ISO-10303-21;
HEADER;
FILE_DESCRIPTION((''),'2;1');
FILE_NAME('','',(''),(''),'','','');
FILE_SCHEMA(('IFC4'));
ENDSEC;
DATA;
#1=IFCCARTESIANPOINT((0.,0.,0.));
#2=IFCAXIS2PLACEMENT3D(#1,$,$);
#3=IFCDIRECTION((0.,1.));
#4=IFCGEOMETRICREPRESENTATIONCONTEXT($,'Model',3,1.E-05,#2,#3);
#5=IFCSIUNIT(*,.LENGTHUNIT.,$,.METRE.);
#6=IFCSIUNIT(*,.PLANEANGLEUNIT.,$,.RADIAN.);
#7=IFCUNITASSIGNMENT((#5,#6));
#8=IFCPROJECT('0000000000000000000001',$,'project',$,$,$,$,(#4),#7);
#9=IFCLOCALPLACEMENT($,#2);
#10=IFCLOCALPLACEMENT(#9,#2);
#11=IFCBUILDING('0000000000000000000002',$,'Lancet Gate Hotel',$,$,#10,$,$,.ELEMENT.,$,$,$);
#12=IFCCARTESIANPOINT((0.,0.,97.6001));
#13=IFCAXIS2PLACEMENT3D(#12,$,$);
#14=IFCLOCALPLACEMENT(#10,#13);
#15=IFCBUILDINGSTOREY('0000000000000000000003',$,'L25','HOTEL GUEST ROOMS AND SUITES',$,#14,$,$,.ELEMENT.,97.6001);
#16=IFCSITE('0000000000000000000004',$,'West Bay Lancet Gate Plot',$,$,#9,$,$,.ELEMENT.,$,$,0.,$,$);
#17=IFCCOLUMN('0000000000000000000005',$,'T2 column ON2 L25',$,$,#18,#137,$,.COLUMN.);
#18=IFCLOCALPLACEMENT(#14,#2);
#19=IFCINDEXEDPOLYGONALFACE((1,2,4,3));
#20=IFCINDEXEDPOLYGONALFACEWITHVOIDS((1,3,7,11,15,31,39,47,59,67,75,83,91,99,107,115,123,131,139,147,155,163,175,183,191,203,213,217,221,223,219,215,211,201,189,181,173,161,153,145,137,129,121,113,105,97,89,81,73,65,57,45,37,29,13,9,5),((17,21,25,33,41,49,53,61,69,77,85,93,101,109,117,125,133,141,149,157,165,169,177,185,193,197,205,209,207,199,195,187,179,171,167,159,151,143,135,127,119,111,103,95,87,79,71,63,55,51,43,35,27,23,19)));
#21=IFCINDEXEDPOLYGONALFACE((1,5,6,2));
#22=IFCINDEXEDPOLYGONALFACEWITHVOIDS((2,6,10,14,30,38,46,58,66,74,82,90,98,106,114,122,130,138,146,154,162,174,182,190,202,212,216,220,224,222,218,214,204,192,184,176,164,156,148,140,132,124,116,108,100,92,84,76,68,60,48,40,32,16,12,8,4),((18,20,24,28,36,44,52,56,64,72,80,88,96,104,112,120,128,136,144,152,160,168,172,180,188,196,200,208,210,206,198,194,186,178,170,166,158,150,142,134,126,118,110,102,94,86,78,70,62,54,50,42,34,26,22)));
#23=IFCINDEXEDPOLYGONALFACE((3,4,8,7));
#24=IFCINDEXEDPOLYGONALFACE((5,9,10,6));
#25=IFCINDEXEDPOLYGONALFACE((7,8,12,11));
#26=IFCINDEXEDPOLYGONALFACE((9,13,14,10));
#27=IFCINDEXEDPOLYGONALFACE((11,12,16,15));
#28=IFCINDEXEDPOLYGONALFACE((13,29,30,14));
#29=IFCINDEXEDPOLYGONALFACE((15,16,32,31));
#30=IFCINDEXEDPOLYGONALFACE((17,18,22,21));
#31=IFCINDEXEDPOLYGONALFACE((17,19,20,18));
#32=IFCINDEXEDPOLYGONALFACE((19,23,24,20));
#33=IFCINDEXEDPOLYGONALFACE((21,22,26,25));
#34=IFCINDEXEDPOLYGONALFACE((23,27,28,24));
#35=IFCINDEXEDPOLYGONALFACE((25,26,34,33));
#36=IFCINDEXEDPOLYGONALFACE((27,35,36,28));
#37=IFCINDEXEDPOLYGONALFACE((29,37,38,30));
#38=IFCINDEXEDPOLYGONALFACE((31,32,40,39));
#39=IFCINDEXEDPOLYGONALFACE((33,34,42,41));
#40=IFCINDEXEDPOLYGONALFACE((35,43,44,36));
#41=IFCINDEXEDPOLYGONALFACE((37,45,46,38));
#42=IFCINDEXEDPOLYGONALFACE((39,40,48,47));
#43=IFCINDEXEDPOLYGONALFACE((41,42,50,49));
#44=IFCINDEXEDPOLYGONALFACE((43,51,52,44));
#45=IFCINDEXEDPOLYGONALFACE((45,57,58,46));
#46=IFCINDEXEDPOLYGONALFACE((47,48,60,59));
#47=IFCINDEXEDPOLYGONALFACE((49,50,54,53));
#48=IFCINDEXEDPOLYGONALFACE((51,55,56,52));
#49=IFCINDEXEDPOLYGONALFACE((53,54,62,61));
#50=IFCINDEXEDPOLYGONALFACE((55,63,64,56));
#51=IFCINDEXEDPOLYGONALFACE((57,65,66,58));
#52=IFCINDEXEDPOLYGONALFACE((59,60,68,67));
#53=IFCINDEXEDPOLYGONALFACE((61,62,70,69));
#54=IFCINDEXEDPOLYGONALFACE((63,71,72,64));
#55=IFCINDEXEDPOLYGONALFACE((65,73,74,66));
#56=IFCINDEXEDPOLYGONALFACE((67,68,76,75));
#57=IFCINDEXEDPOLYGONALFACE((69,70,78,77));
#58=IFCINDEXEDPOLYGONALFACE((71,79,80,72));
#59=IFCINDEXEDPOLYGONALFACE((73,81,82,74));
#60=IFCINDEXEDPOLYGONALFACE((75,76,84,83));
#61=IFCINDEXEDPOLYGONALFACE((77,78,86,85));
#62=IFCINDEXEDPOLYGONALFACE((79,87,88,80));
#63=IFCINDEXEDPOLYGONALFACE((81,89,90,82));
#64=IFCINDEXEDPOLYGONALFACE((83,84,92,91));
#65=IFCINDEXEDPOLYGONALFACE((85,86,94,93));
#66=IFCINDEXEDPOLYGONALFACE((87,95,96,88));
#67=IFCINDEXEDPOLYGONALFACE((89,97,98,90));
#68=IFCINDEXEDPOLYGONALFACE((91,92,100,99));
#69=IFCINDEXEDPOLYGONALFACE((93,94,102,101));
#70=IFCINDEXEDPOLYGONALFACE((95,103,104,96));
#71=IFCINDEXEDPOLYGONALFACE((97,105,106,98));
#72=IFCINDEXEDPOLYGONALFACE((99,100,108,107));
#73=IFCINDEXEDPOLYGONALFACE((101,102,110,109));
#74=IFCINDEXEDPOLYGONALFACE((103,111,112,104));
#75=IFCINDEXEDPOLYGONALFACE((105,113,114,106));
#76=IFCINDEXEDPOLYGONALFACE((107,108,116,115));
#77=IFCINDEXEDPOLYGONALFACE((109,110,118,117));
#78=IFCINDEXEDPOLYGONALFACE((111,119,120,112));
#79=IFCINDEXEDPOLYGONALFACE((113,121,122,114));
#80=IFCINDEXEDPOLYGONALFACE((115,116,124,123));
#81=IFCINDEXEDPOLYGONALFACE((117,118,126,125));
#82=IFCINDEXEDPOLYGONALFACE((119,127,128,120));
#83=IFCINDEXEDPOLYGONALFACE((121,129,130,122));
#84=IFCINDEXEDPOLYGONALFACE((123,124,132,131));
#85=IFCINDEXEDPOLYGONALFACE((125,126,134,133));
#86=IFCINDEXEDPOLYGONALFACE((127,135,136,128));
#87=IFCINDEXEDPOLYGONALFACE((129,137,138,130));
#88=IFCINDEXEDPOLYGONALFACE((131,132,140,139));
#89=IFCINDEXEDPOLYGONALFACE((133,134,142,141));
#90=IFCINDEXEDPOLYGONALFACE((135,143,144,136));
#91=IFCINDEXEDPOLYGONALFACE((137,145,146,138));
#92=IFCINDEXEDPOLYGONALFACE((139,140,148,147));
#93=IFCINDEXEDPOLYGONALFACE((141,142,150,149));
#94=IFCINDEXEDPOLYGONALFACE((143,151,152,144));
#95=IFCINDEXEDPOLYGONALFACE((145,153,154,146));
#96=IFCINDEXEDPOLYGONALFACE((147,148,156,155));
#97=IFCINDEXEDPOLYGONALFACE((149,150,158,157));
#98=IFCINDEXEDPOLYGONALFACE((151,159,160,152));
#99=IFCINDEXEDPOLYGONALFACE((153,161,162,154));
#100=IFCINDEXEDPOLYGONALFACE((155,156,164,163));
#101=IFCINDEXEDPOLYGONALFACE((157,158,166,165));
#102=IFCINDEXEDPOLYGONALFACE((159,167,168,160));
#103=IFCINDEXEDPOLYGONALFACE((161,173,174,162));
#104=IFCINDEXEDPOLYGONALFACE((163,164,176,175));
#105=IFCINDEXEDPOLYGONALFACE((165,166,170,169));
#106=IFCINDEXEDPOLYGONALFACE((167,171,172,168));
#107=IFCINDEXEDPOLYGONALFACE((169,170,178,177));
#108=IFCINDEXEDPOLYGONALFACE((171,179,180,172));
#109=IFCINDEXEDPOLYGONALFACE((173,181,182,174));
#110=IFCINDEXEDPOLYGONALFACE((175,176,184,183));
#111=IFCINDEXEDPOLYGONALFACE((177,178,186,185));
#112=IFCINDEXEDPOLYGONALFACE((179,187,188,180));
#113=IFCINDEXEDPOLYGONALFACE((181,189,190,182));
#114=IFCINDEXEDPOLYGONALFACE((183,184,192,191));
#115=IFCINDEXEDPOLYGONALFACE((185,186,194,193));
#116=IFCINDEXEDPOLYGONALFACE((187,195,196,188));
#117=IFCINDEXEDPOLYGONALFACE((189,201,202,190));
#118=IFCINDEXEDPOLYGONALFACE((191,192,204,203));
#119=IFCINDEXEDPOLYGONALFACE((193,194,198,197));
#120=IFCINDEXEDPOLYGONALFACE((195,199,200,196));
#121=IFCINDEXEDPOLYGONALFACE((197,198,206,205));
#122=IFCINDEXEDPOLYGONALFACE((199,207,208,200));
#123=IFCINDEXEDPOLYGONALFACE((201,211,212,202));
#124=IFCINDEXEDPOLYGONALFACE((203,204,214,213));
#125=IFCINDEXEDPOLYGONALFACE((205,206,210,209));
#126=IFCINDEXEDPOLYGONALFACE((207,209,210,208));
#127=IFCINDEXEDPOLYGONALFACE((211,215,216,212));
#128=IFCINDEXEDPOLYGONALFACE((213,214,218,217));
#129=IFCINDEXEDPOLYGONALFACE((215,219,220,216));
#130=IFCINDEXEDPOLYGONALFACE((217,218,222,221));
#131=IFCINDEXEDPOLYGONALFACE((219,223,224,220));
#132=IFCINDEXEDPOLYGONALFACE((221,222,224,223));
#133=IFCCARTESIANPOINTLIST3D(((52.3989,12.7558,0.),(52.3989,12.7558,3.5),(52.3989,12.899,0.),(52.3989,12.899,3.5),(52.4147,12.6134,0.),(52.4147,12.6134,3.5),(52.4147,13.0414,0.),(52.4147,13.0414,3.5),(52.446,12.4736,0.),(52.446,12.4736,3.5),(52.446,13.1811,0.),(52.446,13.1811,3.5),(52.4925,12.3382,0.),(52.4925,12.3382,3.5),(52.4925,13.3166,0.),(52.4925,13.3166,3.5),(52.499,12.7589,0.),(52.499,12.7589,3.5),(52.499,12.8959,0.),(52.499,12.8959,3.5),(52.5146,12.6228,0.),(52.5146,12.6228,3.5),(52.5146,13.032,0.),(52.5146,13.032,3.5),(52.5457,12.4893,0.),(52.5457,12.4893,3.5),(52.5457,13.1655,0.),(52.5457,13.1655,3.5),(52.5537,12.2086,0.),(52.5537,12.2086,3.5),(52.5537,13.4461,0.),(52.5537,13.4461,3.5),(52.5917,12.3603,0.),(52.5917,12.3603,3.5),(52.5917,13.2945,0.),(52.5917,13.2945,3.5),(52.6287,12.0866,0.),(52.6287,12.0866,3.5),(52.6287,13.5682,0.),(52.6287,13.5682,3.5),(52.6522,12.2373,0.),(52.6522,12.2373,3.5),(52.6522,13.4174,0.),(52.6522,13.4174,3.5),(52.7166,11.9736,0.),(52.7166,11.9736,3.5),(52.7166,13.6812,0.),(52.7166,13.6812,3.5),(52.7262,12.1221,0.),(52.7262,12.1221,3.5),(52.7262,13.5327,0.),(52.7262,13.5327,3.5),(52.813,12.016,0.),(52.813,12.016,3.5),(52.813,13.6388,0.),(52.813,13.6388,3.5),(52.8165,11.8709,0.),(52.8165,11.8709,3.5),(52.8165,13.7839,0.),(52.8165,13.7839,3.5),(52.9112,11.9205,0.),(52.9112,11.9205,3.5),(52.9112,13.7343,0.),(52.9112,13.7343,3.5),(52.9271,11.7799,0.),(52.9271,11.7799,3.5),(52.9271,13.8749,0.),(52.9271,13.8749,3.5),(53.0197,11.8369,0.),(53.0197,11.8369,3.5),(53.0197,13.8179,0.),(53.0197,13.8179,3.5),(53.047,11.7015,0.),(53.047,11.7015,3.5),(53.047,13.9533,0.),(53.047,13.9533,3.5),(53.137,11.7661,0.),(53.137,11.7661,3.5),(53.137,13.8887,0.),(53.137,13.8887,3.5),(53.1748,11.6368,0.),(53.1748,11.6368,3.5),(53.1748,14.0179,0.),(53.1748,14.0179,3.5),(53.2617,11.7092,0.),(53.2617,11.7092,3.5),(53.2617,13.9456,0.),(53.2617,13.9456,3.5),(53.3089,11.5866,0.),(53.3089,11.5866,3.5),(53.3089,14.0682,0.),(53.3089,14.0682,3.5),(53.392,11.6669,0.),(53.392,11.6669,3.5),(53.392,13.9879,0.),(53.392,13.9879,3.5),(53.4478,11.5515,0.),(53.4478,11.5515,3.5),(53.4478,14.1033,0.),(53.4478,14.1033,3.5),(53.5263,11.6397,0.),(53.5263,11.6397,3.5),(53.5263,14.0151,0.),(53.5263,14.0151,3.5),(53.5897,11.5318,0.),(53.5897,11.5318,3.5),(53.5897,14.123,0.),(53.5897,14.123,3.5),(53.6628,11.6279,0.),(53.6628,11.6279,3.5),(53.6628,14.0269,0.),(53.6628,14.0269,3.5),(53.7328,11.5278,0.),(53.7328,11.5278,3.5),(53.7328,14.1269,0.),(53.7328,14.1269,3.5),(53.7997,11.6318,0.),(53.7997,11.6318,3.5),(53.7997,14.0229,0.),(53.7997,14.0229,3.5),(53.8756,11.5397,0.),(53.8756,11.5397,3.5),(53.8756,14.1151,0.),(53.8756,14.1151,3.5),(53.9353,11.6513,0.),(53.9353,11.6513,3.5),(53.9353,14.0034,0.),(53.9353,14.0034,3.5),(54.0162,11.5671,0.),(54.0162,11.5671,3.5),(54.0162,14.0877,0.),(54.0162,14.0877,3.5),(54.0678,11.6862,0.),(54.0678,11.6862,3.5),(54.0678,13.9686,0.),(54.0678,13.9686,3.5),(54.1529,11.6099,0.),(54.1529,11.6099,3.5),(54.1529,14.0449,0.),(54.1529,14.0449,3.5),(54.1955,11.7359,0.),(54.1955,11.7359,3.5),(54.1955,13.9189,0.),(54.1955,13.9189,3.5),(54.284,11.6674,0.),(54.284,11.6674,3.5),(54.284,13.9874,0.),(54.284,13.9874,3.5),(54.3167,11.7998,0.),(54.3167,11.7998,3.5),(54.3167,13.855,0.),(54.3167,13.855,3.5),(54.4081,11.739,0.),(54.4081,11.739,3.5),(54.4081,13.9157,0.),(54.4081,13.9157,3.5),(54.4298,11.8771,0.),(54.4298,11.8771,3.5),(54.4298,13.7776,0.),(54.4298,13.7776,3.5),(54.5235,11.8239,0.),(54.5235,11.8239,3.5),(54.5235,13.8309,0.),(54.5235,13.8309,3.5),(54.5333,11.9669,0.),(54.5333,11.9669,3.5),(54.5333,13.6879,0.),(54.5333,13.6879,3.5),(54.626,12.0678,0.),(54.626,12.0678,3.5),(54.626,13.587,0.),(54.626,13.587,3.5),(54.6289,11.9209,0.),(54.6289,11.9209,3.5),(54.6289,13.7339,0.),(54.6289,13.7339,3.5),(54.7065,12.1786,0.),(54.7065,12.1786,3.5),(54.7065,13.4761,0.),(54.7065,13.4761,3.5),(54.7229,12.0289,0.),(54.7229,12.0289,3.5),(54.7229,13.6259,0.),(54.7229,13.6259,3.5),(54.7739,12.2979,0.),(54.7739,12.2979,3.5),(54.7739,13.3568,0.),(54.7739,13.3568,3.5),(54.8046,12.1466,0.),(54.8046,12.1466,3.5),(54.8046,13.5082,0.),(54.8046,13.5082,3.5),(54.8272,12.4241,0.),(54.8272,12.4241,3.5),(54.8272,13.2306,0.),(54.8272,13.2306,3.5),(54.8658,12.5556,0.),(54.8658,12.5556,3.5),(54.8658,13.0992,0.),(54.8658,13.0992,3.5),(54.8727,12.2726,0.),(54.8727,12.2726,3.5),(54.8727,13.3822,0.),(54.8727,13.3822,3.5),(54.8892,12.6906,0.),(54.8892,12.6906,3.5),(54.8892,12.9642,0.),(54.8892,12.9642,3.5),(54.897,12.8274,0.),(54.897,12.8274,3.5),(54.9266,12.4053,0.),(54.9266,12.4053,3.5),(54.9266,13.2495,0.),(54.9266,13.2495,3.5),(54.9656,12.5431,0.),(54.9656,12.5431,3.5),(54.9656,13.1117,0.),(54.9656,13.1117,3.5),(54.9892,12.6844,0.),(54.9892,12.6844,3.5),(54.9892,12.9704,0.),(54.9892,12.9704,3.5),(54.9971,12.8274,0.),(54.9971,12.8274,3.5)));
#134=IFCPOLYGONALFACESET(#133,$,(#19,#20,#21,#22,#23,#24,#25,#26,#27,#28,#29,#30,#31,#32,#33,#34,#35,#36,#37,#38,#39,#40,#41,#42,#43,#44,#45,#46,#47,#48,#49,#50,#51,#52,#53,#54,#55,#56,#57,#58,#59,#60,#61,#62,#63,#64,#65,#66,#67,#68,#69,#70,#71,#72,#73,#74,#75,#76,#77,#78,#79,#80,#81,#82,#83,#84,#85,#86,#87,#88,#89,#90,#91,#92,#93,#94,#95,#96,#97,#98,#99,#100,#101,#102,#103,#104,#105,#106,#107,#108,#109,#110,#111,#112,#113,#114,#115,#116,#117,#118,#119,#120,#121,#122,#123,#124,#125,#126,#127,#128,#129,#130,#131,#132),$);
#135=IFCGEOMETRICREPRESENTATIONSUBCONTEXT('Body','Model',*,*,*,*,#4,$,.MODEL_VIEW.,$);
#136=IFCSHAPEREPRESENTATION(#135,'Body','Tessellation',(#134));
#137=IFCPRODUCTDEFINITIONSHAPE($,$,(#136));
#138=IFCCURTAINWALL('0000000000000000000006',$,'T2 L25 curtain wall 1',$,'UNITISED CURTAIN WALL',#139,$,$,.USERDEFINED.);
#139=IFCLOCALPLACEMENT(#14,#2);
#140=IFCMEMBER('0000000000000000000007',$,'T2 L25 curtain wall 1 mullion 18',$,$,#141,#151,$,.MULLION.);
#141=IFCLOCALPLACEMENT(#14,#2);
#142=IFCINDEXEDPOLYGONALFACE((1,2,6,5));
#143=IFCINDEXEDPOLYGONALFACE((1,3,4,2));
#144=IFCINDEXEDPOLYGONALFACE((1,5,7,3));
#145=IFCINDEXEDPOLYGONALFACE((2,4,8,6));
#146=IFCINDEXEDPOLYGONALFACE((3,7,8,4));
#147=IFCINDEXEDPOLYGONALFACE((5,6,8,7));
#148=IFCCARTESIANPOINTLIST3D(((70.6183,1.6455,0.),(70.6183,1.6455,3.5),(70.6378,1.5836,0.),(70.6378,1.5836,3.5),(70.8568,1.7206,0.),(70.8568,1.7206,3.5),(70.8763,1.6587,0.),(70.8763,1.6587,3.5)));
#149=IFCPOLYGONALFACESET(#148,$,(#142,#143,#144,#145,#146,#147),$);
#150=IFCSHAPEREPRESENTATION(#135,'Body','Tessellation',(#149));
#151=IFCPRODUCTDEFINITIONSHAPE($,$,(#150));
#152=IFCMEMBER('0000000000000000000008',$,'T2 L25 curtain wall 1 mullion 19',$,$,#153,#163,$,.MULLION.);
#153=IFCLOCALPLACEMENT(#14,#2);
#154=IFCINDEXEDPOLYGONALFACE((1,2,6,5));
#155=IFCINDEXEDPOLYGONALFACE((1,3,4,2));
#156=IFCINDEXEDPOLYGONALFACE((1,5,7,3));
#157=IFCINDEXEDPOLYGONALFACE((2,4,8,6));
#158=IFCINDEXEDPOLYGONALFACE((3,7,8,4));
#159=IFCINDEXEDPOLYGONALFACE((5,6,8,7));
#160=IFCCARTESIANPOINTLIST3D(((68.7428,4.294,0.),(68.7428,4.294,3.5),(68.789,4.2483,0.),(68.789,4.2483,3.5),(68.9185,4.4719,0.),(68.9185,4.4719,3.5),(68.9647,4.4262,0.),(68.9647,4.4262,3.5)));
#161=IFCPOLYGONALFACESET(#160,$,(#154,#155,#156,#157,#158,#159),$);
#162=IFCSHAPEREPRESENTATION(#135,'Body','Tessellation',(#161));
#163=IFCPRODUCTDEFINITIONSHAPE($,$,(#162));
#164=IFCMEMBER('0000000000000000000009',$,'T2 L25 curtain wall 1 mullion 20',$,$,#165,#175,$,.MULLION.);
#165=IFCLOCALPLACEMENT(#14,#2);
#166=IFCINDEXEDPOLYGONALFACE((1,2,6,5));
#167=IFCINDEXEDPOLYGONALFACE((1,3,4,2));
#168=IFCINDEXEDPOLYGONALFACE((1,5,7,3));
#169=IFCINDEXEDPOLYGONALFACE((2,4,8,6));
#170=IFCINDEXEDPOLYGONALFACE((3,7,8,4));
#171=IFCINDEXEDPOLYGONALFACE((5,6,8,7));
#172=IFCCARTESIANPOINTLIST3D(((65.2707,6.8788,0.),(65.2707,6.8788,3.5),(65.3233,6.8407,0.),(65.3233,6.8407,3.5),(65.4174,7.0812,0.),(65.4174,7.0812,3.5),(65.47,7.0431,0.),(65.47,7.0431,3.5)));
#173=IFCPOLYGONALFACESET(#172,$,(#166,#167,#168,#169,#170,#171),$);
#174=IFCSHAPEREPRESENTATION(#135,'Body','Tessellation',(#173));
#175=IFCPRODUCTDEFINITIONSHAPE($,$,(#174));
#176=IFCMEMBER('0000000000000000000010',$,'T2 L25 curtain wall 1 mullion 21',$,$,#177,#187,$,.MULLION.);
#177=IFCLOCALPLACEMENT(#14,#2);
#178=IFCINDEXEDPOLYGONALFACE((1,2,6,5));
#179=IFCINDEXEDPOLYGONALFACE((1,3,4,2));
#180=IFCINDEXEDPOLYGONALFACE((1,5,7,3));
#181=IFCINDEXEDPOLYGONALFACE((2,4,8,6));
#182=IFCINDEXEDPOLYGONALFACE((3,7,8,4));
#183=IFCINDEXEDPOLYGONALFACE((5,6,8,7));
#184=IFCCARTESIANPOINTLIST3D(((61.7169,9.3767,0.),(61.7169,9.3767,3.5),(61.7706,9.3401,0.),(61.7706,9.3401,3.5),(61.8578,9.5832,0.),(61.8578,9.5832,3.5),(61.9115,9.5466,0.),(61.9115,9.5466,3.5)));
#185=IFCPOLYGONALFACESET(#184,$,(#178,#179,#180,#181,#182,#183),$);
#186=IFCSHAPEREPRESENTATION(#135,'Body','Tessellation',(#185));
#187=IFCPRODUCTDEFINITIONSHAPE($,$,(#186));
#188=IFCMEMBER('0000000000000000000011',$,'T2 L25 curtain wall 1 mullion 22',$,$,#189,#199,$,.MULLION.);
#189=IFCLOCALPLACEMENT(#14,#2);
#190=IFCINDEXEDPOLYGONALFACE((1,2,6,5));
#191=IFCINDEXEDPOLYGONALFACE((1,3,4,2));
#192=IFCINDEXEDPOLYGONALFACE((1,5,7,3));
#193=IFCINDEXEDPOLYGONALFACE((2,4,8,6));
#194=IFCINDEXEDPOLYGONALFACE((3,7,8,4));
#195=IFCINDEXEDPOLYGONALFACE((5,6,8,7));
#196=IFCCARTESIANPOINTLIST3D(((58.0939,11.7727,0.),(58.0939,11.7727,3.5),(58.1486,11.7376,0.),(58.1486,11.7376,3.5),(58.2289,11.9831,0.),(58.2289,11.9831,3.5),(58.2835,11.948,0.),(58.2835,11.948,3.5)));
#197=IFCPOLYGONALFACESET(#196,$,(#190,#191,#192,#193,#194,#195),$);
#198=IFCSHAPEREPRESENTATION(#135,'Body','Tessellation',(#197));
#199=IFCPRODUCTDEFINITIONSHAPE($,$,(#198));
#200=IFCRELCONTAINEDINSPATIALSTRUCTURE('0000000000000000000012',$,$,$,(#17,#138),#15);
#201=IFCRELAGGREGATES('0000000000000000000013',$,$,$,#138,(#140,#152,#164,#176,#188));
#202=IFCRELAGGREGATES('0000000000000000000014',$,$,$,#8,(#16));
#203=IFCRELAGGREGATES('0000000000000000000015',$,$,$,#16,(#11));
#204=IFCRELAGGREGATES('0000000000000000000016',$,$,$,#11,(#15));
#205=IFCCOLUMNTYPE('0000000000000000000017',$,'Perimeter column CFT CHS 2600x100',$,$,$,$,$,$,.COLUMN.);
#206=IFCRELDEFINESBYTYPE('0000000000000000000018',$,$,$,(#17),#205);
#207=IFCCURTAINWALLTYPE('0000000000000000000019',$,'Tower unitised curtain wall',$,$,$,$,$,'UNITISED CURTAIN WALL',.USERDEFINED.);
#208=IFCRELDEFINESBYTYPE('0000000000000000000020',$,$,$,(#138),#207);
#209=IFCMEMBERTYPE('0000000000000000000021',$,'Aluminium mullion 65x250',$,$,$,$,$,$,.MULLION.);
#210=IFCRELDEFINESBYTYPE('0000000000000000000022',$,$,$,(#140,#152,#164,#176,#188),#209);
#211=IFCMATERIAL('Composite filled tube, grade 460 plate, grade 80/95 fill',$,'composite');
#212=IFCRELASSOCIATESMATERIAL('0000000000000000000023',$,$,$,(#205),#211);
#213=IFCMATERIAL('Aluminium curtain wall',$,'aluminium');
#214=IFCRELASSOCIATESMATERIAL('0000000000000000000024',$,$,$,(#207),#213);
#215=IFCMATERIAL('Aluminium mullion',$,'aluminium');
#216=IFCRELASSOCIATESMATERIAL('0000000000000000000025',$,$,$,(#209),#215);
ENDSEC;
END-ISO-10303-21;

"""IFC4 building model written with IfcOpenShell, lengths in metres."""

from ifc_helpers import new_model, si_unit, direction, frame, origin, origin_2d, place, context, subcontext, project, spatial, rectangle, hollow_circle, extrude, material, material_profile, profile_set, type_object, element, aggregate, save


model = new_model("IFC4")

# Units and contexts
model_context = context("Model", 3, precision=1e-05, world=origin(), true_north=direction((0.0, 1.0)))
body_context = subcontext(model_context, "Body", "Model", "MODEL_VIEW")
ifc_project = project(units=[si_unit("LENGTHUNIT", "METRE"), si_unit("PLANEANGLEUNIT", "RADIAN")], contexts=[model_context])

# Site, building, storey
site_placement = place(None, origin())
site = spatial("IfcSite", under=ifc_project, at=site_placement, Name="West Bay Lancet Gate Plot", CompositionType="ELEMENT", RefElevation=0.0)
building_placement = place(site_placement, origin())
building = spatial("IfcBuilding", under=site, at=building_placement, Name="Lancet Gate Hotel", CompositionType="ELEMENT")
storey_placement = place(building_placement, frame((0.0, 0.0, 97.6001)))
storey = spatial("IfcBuildingStorey", under=building, at=storey_placement, Name="L25", Description="HOTEL GUEST ROOMS AND SUITES", CompositionType="ELEMENT", Elevation=97.6001)

# Column
ifc_material_1 = material(Name="Composite filled tube, grade 460 plate, grade 80/95 fill", Category="composite")
ifc_material_profile_1 = material_profile(ifc_material_1, hollow_circle(Radius=1.3, WallThickness=0.1001, at=origin_2d()), Name="CHS 2600x100")
ifc_profile_set_1 = profile_set([ifc_material_profile_1], Name="Composite filled tube, grade 460 plate, grade 80/95 fill")
column_type_1 = type_object("IfcColumnType", Name="Perimeter column CFT CHS 2600x100", PredefinedType="COLUMN", material=ifc_profile_set_1)
for number, where, z_axis, x_axis, name in (
    (1, (53.697, 12.8274, 0.0), (0.0, 0.0, 1.0), (1.0, 0.0, 0.0), "T2 column ON2 L25"),
):
    element("IfcColumn", number, at=place(storey_placement, frame(where, z_axis=z_axis, x_axis=x_axis)), inside=storey, type_object=column_type_1, Name=name, PredefinedType="COLUMN", context=body_context, shape_type="SweptSolid", body=[
        extrude(hollow_circle(Radius=1.3, WallThickness=0.1001, at=origin_2d()), origin(), (0.0, 0.0, 1.0), 3.5),
    ])

# Curtain wall, members
ifc_material_2 = material(Name="Aluminium curtain wall", Category="aluminium")
curtain_wall_type = type_object("IfcCurtainWallType", Name="Tower unitised curtain wall", ElementType="UNITISED CURTAIN WALL", PredefinedType="USERDEFINED", material=ifc_material_2)
curtain_wall_placement = place(storey_placement, origin())
curtain_wall = element("IfcCurtainWall", 2, at=curtain_wall_placement, inside=storey, type_object=curtain_wall_type, Name="T2 L25 curtain wall 1", ObjectType="UNITISED CURTAIN WALL", PredefinedType="USERDEFINED")
ifc_material_3 = material(Name="Aluminium mullion", Category="aluminium")
ifc_material_profile_2 = material_profile(ifc_material_3, rectangle(XDim=0.0649, YDim=0.25, at=origin_2d()), Name="MULLION 65x250")
ifc_profile_set_2 = profile_set([ifc_material_profile_2], Name="Aluminium mullion")
member_type_1 = type_object("IfcMemberType", Name="Aluminium mullion 65x250", PredefinedType="MULLION", material=ifc_profile_set_2)
member_1_placement = place(storey_placement, frame((70.7473, 1.6521, 0.0), z_axis=(0.0, 0.0, 1.0), x_axis=(-0.300385, 0.953818, 0.0)))
member_1 = element("IfcMember", 3, at=member_1_placement, type_object=member_type_1, Name="T2 L25 curtain wall 1 mullion 18", PredefinedType="MULLION", context=body_context, shape_type="SweptSolid", body=[
    extrude(rectangle(XDim=0.0649, YDim=0.25, at=origin_2d()), origin(), (0.0, 0.0, 1.0), 3.5),
])
member_2_placement = place(storey_placement, frame((68.8538, 4.3601, 0.0), z_axis=(0.0, 0.0, 1.0), x_axis=(-0.71161, 0.702574, 0.0)))
member_2 = element("IfcMember", 4, at=member_2_placement, type_object=member_type_1, Name="T2 L25 curtain wall 1 mullion 19", PredefinedType="MULLION", context=body_context, shape_type="SweptSolid", body=[
    extrude(rectangle(XDim=0.0649, YDim=0.25, at=origin_2d()), origin(), (0.0, 0.0, 1.0), 3.5),
])
member_3_placement = place(storey_placement, frame((65.3704, 6.9609, 0.0), z_axis=(0.0, 0.0, 1.0), x_axis=(-0.809729, 0.586805, 0.0)))
member_3 = element("IfcMember", 5, at=member_3_placement, type_object=member_type_1, Name="T2 L25 curtain wall 1 mullion 20", PredefinedType="MULLION", context=body_context, shape_type="SweptSolid", body=[
    extrude(rectangle(XDim=0.0649, YDim=0.25, at=origin_2d()), origin(), (0.0, 0.0, 1.0), 3.5),
])
member_4_placement = place(storey_placement, frame((61.8142, 9.4617, 0.0), z_axis=(0.0, 0.0, 1.0), x_axis=(-0.826066, 0.563574, 0.0)))
member_4 = element("IfcMember", 6, at=member_4_placement, type_object=member_type_1, Name="T2 L25 curtain wall 1 mullion 21", PredefinedType="MULLION", context=body_context, shape_type="SweptSolid", body=[
    extrude(rectangle(XDim=0.0649, YDim=0.25, at=origin_2d()), origin(), (0.0, 0.0, 1.0), 3.5),
])
member_5_placement = place(storey_placement, frame((58.1887, 11.8604, 0.0), z_axis=(0.0, 0.0, 1.0), x_axis=(-0.841736, 0.539889, 0.0)))
member_5 = element("IfcMember", 7, at=member_5_placement, type_object=member_type_1, Name="T2 L25 curtain wall 1 mullion 22", PredefinedType="MULLION", context=body_context, shape_type="SweptSolid", body=[
    extrude(rectangle(XDim=0.0649, YDim=0.25, at=origin_2d()), origin(), (0.0, 0.0, 1.0), 3.5),
])

aggregate(curtain_wall, [member_1, member_2, member_3, member_4, member_5])

save(model, "model.ifc")
